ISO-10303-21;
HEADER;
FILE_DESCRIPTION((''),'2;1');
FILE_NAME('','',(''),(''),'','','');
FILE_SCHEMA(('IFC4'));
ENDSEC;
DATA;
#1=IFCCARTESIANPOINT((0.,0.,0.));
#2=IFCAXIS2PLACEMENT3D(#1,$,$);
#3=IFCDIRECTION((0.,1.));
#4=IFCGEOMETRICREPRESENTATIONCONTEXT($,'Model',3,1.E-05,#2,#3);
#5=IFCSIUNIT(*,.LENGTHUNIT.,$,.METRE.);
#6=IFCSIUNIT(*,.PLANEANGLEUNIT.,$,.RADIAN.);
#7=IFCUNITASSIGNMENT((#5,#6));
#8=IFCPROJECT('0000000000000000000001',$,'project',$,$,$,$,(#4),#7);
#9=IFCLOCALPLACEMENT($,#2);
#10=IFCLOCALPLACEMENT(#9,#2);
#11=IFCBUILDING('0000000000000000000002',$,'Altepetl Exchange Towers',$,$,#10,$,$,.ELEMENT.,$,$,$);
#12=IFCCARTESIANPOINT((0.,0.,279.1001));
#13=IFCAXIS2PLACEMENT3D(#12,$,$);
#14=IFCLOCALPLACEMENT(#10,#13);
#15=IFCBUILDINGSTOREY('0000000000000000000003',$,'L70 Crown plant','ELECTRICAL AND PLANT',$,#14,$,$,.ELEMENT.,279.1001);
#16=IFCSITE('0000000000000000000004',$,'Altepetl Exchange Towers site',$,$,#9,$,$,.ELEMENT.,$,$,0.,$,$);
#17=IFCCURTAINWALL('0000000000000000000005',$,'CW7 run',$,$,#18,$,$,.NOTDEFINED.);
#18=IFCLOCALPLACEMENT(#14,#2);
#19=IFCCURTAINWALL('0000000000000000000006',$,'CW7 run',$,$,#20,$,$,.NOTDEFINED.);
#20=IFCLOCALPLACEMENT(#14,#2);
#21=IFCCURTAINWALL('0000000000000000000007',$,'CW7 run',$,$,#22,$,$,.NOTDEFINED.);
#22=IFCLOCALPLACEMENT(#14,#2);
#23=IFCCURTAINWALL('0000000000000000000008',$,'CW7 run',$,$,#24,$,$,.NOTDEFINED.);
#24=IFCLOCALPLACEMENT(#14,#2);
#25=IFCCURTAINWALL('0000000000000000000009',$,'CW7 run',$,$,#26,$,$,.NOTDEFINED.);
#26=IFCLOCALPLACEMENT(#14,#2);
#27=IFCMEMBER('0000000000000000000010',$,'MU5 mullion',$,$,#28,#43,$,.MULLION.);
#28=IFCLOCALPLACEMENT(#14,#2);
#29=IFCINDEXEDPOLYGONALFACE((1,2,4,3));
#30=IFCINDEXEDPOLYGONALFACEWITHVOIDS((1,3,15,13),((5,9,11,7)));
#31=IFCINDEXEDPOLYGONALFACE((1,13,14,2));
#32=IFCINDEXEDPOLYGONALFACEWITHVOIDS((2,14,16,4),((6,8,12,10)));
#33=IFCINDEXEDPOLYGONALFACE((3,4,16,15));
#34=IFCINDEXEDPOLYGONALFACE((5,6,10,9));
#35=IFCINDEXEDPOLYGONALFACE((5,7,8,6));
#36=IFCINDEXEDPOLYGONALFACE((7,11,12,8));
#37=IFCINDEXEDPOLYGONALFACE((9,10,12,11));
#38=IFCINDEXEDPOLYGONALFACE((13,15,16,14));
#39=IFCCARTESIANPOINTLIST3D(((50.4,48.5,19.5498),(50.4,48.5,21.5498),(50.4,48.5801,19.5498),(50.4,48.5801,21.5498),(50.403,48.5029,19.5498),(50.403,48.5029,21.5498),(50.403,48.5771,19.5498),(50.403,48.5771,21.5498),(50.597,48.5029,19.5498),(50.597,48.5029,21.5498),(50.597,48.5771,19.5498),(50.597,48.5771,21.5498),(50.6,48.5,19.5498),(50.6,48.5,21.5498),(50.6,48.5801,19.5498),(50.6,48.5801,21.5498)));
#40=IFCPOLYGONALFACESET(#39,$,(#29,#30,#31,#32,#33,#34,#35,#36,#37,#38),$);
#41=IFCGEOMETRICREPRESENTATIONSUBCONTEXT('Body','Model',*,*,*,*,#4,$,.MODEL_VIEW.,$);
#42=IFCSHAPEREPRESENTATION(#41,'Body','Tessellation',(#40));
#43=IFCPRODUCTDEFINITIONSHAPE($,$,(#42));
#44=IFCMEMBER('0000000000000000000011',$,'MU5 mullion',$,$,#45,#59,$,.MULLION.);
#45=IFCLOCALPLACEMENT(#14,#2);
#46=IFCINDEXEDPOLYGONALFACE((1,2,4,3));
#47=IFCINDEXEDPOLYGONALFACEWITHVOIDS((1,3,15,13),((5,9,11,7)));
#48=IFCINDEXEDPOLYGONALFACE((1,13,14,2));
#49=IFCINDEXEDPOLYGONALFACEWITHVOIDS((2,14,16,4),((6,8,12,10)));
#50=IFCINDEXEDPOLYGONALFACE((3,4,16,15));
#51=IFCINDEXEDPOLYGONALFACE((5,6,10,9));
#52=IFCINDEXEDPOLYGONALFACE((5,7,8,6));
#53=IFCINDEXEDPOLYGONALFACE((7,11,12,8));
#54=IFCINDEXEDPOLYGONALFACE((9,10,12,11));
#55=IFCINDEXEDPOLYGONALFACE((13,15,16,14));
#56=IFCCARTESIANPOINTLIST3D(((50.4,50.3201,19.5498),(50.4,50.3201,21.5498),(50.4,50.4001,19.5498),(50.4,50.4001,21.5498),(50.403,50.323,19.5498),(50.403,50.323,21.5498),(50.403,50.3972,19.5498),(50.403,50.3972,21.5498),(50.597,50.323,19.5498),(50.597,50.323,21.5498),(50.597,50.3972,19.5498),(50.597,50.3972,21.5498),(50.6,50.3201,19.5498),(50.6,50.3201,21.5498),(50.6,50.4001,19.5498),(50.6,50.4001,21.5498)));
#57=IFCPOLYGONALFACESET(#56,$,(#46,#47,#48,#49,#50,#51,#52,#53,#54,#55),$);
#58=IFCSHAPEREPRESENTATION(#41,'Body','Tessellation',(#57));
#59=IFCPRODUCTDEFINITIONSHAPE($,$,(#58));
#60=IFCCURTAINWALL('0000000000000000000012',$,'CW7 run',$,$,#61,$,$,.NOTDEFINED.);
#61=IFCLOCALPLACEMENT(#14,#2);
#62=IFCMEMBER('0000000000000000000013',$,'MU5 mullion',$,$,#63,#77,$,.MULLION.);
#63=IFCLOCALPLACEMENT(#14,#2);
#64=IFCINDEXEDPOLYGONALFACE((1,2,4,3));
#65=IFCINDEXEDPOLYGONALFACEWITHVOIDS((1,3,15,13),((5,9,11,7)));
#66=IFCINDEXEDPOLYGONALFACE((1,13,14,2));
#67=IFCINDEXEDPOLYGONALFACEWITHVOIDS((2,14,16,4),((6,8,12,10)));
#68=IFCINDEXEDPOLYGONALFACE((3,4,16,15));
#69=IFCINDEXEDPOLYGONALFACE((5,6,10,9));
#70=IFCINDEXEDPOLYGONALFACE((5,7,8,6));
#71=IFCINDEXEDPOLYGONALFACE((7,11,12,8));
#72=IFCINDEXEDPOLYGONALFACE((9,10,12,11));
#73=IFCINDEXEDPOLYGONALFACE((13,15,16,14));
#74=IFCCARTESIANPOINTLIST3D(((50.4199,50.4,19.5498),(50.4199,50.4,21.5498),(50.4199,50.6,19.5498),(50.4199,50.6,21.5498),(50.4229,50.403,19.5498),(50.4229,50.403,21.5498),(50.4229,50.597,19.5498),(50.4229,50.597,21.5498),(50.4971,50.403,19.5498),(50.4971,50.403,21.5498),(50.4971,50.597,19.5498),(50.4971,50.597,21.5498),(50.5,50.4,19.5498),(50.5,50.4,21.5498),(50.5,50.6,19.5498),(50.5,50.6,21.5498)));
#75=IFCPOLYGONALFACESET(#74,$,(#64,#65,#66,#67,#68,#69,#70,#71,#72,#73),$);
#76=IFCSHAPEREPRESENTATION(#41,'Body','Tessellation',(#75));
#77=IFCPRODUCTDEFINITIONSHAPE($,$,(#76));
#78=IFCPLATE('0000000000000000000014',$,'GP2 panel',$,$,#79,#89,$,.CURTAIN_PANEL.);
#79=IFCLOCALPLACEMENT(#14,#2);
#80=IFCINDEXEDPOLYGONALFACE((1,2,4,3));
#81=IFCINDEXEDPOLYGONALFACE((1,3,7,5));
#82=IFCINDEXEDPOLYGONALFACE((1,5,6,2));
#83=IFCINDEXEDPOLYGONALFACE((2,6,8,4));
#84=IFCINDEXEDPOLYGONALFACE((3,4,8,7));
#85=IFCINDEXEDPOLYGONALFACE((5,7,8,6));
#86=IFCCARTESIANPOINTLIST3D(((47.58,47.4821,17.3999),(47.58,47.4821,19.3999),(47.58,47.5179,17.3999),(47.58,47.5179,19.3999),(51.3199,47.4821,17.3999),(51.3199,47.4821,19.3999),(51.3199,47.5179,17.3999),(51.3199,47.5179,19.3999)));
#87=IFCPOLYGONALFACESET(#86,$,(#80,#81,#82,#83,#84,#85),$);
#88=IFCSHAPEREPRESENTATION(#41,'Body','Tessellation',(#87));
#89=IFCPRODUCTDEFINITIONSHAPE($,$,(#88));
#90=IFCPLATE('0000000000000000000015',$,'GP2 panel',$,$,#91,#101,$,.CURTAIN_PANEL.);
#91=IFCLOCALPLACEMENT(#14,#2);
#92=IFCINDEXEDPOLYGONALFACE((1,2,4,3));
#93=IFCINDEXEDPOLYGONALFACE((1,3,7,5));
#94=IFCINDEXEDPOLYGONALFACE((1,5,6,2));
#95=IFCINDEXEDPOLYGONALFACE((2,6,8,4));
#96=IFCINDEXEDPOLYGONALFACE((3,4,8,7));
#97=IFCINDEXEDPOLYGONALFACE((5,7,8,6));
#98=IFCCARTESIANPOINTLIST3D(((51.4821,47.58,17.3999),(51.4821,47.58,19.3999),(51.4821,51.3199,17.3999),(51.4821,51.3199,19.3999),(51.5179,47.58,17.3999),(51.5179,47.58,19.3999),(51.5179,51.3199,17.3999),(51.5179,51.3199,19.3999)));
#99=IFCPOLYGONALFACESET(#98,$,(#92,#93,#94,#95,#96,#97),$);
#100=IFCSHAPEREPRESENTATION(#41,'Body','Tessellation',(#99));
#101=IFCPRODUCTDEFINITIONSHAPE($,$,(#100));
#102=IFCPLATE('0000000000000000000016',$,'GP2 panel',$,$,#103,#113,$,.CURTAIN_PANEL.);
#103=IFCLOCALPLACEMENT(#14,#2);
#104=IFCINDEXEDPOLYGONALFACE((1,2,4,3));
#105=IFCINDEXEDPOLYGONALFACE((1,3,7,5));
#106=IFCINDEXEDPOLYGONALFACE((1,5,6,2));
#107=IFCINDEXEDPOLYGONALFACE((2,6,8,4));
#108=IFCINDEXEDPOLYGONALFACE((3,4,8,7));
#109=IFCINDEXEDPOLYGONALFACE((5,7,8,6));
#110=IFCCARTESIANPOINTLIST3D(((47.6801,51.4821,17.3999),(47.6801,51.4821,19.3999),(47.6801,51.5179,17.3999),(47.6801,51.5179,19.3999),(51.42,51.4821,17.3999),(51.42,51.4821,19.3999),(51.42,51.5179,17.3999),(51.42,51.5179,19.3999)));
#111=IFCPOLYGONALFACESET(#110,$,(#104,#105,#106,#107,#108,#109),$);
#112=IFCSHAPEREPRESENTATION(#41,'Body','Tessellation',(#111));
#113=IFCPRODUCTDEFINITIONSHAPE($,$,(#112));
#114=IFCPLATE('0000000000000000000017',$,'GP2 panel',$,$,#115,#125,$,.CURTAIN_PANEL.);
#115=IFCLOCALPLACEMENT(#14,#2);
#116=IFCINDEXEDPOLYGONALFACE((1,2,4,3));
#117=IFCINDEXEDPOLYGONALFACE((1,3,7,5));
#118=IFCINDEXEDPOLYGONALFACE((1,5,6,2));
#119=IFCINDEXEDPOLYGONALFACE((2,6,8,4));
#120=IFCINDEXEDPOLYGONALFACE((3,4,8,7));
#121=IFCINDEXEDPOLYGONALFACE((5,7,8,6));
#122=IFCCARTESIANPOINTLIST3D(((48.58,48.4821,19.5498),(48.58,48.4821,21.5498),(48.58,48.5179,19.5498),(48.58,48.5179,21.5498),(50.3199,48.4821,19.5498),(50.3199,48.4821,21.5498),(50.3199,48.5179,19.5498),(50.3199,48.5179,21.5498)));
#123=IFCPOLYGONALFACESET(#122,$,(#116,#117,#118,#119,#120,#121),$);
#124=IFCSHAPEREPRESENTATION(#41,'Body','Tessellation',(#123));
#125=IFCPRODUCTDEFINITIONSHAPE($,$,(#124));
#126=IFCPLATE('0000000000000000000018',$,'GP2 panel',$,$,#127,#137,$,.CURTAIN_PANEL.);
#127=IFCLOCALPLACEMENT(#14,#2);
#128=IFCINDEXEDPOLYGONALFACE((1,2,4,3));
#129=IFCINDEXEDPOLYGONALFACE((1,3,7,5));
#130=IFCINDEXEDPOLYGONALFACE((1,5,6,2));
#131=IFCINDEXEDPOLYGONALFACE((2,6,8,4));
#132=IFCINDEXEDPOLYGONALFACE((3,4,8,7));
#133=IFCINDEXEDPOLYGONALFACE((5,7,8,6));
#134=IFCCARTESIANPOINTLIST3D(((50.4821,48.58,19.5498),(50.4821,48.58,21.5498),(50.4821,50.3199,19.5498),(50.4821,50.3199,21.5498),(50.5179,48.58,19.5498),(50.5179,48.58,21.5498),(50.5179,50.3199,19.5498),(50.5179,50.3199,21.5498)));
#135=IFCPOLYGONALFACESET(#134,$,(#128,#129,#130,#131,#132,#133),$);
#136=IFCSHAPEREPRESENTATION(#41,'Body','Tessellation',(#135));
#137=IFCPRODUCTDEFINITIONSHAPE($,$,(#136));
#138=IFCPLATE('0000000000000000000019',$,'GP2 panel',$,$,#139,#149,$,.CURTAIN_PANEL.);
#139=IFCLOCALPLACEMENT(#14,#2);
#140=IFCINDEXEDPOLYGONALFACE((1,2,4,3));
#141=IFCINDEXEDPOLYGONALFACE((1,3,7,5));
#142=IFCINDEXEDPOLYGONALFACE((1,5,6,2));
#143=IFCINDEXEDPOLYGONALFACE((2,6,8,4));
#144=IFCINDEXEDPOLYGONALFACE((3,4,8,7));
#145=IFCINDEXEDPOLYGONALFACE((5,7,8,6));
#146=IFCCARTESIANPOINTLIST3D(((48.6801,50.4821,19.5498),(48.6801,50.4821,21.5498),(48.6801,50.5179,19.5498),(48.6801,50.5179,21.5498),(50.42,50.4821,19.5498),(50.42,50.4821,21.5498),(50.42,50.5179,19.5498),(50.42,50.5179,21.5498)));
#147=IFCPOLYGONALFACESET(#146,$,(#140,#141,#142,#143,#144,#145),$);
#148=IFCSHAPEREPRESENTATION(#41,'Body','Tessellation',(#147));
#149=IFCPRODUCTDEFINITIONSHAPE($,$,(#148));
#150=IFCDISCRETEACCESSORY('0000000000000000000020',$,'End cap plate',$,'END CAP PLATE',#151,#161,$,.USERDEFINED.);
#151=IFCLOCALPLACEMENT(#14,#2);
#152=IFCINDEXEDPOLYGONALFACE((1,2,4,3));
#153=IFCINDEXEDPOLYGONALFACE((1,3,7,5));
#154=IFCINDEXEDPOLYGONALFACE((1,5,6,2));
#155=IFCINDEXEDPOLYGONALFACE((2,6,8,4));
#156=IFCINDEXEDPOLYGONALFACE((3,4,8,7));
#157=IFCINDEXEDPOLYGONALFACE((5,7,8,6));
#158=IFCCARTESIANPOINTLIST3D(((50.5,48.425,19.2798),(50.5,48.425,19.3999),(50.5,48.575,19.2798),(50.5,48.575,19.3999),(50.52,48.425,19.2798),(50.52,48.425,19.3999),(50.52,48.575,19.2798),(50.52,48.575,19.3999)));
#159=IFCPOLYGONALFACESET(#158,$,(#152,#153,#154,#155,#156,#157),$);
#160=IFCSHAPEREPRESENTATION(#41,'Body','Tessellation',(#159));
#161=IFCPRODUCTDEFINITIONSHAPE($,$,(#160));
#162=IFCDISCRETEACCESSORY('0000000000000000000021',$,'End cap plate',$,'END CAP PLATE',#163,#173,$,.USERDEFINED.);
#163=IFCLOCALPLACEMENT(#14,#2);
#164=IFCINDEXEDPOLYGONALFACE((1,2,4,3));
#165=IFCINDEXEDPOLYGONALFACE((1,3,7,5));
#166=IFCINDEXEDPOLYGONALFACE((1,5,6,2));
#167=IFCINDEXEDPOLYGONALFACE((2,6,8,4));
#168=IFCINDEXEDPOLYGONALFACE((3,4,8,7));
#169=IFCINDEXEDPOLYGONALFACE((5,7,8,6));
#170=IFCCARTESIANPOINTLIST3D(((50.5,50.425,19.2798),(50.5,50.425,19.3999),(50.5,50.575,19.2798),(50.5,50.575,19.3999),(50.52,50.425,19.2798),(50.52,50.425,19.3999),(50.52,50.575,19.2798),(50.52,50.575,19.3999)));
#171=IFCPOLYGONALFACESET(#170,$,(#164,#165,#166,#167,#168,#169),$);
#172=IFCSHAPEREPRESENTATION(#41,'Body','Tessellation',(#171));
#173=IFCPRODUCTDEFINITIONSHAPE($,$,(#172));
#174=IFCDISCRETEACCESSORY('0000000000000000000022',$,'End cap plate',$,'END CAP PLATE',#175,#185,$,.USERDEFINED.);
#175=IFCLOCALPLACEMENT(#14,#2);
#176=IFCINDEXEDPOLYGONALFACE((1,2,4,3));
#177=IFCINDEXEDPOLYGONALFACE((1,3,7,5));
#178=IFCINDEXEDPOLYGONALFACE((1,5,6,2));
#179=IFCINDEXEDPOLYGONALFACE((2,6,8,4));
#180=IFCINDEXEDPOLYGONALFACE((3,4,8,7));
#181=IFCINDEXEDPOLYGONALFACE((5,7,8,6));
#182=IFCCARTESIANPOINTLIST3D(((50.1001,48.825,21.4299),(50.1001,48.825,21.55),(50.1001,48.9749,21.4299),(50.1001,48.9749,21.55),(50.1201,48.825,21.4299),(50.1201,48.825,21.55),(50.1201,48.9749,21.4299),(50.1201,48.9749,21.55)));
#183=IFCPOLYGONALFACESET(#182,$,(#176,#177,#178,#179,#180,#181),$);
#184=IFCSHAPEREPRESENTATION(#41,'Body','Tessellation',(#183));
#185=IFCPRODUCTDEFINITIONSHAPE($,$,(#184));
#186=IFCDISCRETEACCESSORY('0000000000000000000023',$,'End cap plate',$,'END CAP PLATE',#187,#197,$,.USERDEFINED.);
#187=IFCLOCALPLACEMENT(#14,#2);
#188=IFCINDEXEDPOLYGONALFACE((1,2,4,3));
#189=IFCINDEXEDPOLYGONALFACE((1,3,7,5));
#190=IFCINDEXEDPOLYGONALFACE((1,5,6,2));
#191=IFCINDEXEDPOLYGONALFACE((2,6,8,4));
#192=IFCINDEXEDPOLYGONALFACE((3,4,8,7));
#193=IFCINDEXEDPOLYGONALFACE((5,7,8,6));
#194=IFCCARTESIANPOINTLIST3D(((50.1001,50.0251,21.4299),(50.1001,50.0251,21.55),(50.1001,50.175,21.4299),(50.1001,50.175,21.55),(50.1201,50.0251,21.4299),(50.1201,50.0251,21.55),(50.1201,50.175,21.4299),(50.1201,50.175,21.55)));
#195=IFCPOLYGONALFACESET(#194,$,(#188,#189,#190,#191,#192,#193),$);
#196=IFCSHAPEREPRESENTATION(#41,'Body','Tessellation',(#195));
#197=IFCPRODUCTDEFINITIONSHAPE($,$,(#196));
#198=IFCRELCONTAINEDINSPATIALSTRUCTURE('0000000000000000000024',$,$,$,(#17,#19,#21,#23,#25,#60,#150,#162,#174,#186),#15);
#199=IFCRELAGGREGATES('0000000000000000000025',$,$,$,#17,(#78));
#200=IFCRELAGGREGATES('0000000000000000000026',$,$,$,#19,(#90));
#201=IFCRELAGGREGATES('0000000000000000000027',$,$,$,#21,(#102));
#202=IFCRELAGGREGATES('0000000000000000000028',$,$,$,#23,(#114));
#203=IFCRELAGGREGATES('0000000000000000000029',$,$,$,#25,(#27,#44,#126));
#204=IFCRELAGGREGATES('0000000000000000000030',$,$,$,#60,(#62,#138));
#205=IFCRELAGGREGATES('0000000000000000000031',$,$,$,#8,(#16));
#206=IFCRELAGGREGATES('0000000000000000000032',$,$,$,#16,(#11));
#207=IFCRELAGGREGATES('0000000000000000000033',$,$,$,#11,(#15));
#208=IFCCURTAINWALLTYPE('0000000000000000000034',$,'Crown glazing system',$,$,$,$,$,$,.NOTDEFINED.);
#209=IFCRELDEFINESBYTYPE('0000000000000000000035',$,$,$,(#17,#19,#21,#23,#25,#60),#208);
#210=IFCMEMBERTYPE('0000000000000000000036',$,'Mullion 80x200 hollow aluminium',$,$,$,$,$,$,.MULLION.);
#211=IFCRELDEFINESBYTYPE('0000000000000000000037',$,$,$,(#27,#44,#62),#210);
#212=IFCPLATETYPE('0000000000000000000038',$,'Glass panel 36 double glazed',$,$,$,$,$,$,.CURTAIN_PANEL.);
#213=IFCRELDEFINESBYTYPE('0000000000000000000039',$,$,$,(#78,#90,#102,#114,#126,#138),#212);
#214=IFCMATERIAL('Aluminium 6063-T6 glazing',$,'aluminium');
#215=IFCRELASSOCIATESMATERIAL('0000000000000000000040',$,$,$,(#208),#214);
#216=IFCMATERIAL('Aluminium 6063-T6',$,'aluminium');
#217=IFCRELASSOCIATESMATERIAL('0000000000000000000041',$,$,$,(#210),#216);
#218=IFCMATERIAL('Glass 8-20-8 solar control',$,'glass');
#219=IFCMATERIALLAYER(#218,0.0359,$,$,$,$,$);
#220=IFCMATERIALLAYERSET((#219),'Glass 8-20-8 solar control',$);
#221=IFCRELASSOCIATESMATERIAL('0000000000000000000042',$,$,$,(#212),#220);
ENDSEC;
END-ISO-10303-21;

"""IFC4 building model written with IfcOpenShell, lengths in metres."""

from ifc_helpers import new_model, si_unit, direction, frame, origin, origin_2d, place, context, subcontext, project, spatial, rectangle, hollow_rectangle, extrude, material, layer, layer_set, material_profile, profile_set, type_object, element, aggregate, save


model = new_model("IFC4")

# Units and contexts
model_context = context("Model", 3, precision=1e-05, world=origin(), true_north=direction((0.0, 1.0)))
body_context = subcontext(model_context, "Body", "Model", "MODEL_VIEW")
ifc_project = project(units=[si_unit("LENGTHUNIT", "METRE"), si_unit("PLANEANGLEUNIT", "RADIAN")], contexts=[model_context])

# Site, building, storey
site_placement = place(None, origin())
site = spatial("IfcSite", under=ifc_project, at=site_placement, Name="Altepetl Exchange Towers site", CompositionType="ELEMENT", RefElevation=0.0)
building_placement = place(site_placement, origin())
building = spatial("IfcBuilding", under=site, at=building_placement, Name="Altepetl Exchange Towers", CompositionType="ELEMENT")
storey_placement = place(building_placement, frame((0.0, 0.0, 279.1001)))
storey = spatial("IfcBuildingStorey", under=building, at=storey_placement, Name="L70 Crown plant", Description="ELECTRICAL AND PLANT", CompositionType="ELEMENT", Elevation=279.1001)

# Curtain wall
ifc_material_1 = material(Name="Aluminium 6063-T6 glazing", Category="aluminium")
curtain_wall_type = type_object("IfcCurtainWallType", Name="Crown glazing system", PredefinedType="NOTDEFINED", material=ifc_material_1)
curtain_wall_1_placement = place(storey_placement, origin())
curtain_wall_1 = element("IfcCurtainWall", 1, at=curtain_wall_1_placement, inside=storey, type_object=curtain_wall_type, Name="CW7 run", PredefinedType="NOTDEFINED")
ifc_material_2 = material(Name="Aluminium 6063-T6", Category="aluminium")
ifc_material_profile_1 = material_profile(ifc_material_2, hollow_rectangle(XDim=0.0801, YDim=0.2, WallThickness=0.0029, at=origin_2d()), Name="Mullion 80x200 hollow aluminium")
ifc_profile_set_1 = profile_set([ifc_material_profile_1], Name="Aluminium 6063-T6")
member_type = type_object("IfcMemberType", Name="Mullion 80x200 hollow aluminium", PredefinedType="MULLION", material=ifc_profile_set_1)

# Curtain wall
curtain_wall_2_placement = place(storey_placement, origin())
curtain_wall_2 = element("IfcCurtainWall", 2, at=curtain_wall_2_placement, inside=storey, type_object=curtain_wall_type, Name="CW7 run", PredefinedType="NOTDEFINED")

# Curtain walls
curtain_wall_3_placement = place(storey_placement, origin())
curtain_wall_3 = element("IfcCurtainWall", 3, at=curtain_wall_3_placement, inside=storey, type_object=curtain_wall_type, Name="CW7 run", PredefinedType="NOTDEFINED")
curtain_wall_4_placement = place(storey_placement, origin())
curtain_wall_4 = element("IfcCurtainWall", 4, at=curtain_wall_4_placement, inside=storey, type_object=curtain_wall_type, Name="CW7 run", PredefinedType="NOTDEFINED")

# Curtain wall, members
curtain_wall_5_placement = place(storey_placement, origin())
curtain_wall_5 = element("IfcCurtainWall", 5, at=curtain_wall_5_placement, inside=storey, type_object=curtain_wall_type, Name="CW7 run", PredefinedType="NOTDEFINED")
member_1_placement = place(storey_placement, frame((50.5, 48.54, 19.5498), z_axis=(0.0, 0.0, 1.0), x_axis=(0.0, 1.0, 0.0)))
member_1 = element("IfcMember", 6, at=member_1_placement, type_object=member_type, Name="MU5 mullion", PredefinedType="MULLION", context=body_context, shape_type="SweptSolid", body=[
    extrude(hollow_rectangle(XDim=0.0801, YDim=0.2, WallThickness=0.0029, at=origin_2d()), origin(), (0.0, 0.0, 1.0), 2.0),
])
member_2_placement = place(storey_placement, frame((50.5, 50.3601, 19.5498), z_axis=(0.0, 0.0, 1.0), x_axis=(0.0, 1.0, 0.0)))
member_2 = element("IfcMember", 7, at=member_2_placement, type_object=member_type, Name="MU5 mullion", PredefinedType="MULLION", context=body_context, shape_type="SweptSolid", body=[
    extrude(hollow_rectangle(XDim=0.0801, YDim=0.2, WallThickness=0.0029, at=origin_2d()), origin(), (0.0, 0.0, 1.0), 2.0),
])

# Curtain wall, member
curtain_wall_6_placement = place(storey_placement, origin())
curtain_wall_6 = element("IfcCurtainWall", 8, at=curtain_wall_6_placement, inside=storey, type_object=curtain_wall_type, Name="CW7 run", PredefinedType="NOTDEFINED")
member_3_placement = place(storey_placement, frame((50.46, 50.5, 19.5498), z_axis=(0.0, 0.0, 1.0), x_axis=(-1.0, 0.0, 0.0)))
member_3 = element("IfcMember", 9, at=member_3_placement, type_object=member_type, Name="MU5 mullion", PredefinedType="MULLION", context=body_context, shape_type="SweptSolid", body=[
    extrude(hollow_rectangle(XDim=0.0801, YDim=0.2, WallThickness=0.0029, at=origin_2d()), origin(), (0.0, 0.0, 1.0), 2.0),
])

# Plates
ifc_material_3 = material(Name="Glass 8-20-8 solar control", Category="glass")
ifc_layer = layer(ifc_material_3, 0.0359)
ifc_layer_set = layer_set([ifc_layer], Name="Glass 8-20-8 solar control")
plate_type = type_object("IfcPlateType", Name="Glass panel 36 double glazed", PredefinedType="CURTAIN_PANEL", material=ifc_layer_set)
plate_1_placement = place(storey_placement, frame((49.45, 47.5, 17.3999)))
plate_1 = element("IfcPlate", 10, at=plate_1_placement, type_object=plate_type, Name="GP2 panel", PredefinedType="CURTAIN_PANEL", context=body_context, shape_type="SweptSolid", body=[
    extrude(rectangle(XDim=3.74, YDim=0.0359, at=origin_2d()), origin(), (0.0, 0.0, 1.0), 2.0),
])
aggregate(curtain_wall_1, [plate_1])
plate_2_placement = place(storey_placement, frame((51.5, 49.45, 17.3999), z_axis=(0.0, 0.0, 1.0), x_axis=(0.0, 1.0, 0.0)))
plate_2 = element("IfcPlate", 11, at=plate_2_placement, type_object=plate_type, Name="GP2 panel", PredefinedType="CURTAIN_PANEL", context=body_context, shape_type="SweptSolid", body=[
    extrude(rectangle(XDim=3.74, YDim=0.0359, at=origin_2d()), origin(), (0.0, 0.0, 1.0), 2.0),
])
aggregate(curtain_wall_2, [plate_2])
plate_3_placement = place(storey_placement, frame((49.55, 51.5, 17.3999), z_axis=(0.0, 0.0, 1.0), x_axis=(-1.0, 0.0, 0.0)))
plate_3 = element("IfcPlate", 12, at=plate_3_placement, type_object=plate_type, Name="GP2 panel", PredefinedType="CURTAIN_PANEL", context=body_context, shape_type="SweptSolid", body=[
    extrude(rectangle(XDim=3.74, YDim=0.0359, at=origin_2d()), origin(), (0.0, 0.0, 1.0), 2.0),
])
aggregate(curtain_wall_3, [plate_3])
plate_4_placement = place(storey_placement, frame((49.45, 48.5, 19.5498)))
plate_4 = element("IfcPlate", 13, at=plate_4_placement, type_object=plate_type, Name="GP2 panel", PredefinedType="CURTAIN_PANEL", context=body_context, shape_type="SweptSolid", body=[
    extrude(rectangle(XDim=1.74, YDim=0.0359, at=origin_2d()), origin(), (0.0, 0.0, 1.0), 2.0),
])
aggregate(curtain_wall_4, [plate_4])
plate_5_placement = place(storey_placement, frame((50.5, 49.45, 19.5498), z_axis=(0.0, 0.0, 1.0), x_axis=(0.0, 1.0, 0.0)))
plate_5 = element("IfcPlate", 14, at=plate_5_placement, type_object=plate_type, Name="GP2 panel", PredefinedType="CURTAIN_PANEL", context=body_context, shape_type="SweptSolid", body=[
    extrude(rectangle(XDim=1.74, YDim=0.0359, at=origin_2d()), origin(), (0.0, 0.0, 1.0), 2.0),
])
aggregate(curtain_wall_5, [member_1, member_2, plate_5])
plate_6_placement = place(storey_placement, frame((49.55, 50.5, 19.5498), z_axis=(0.0, 0.0, 1.0), x_axis=(-1.0, 0.0, 0.0)))
plate_6 = element("IfcPlate", 15, at=plate_6_placement, type_object=plate_type, Name="GP2 panel", PredefinedType="CURTAIN_PANEL", context=body_context, shape_type="SweptSolid", body=[
    extrude(rectangle(XDim=1.74, YDim=0.0359, at=origin_2d()), origin(), (0.0, 0.0, 1.0), 2.0),
])
aggregate(curtain_wall_6, [member_3, plate_6])

# Discrete accessories
for number, where, name in (
    (16, (50.51, 48.5, 19.2798), "End cap plate"),
    (17, (50.51, 50.5, 19.2798), "End cap plate"),
    (18, (50.1101, 48.8999, 21.4299), "End cap plate"),
    (19, (50.1101, 50.1001, 21.4299), "End cap plate"),
):
    element("IfcDiscreteAccessory", number, at=place(storey_placement, frame(where)), inside=storey, Name=name, ObjectType="END CAP PLATE", PredefinedType="USERDEFINED", context=body_context, shape_type="SweptSolid", body=[
        extrude(rectangle(XDim=0.02, YDim=0.1499, at=origin_2d()), origin(), (0.0, 0.0, 1.0), 0.1201),
    ])

save(model, "model.ifc")
